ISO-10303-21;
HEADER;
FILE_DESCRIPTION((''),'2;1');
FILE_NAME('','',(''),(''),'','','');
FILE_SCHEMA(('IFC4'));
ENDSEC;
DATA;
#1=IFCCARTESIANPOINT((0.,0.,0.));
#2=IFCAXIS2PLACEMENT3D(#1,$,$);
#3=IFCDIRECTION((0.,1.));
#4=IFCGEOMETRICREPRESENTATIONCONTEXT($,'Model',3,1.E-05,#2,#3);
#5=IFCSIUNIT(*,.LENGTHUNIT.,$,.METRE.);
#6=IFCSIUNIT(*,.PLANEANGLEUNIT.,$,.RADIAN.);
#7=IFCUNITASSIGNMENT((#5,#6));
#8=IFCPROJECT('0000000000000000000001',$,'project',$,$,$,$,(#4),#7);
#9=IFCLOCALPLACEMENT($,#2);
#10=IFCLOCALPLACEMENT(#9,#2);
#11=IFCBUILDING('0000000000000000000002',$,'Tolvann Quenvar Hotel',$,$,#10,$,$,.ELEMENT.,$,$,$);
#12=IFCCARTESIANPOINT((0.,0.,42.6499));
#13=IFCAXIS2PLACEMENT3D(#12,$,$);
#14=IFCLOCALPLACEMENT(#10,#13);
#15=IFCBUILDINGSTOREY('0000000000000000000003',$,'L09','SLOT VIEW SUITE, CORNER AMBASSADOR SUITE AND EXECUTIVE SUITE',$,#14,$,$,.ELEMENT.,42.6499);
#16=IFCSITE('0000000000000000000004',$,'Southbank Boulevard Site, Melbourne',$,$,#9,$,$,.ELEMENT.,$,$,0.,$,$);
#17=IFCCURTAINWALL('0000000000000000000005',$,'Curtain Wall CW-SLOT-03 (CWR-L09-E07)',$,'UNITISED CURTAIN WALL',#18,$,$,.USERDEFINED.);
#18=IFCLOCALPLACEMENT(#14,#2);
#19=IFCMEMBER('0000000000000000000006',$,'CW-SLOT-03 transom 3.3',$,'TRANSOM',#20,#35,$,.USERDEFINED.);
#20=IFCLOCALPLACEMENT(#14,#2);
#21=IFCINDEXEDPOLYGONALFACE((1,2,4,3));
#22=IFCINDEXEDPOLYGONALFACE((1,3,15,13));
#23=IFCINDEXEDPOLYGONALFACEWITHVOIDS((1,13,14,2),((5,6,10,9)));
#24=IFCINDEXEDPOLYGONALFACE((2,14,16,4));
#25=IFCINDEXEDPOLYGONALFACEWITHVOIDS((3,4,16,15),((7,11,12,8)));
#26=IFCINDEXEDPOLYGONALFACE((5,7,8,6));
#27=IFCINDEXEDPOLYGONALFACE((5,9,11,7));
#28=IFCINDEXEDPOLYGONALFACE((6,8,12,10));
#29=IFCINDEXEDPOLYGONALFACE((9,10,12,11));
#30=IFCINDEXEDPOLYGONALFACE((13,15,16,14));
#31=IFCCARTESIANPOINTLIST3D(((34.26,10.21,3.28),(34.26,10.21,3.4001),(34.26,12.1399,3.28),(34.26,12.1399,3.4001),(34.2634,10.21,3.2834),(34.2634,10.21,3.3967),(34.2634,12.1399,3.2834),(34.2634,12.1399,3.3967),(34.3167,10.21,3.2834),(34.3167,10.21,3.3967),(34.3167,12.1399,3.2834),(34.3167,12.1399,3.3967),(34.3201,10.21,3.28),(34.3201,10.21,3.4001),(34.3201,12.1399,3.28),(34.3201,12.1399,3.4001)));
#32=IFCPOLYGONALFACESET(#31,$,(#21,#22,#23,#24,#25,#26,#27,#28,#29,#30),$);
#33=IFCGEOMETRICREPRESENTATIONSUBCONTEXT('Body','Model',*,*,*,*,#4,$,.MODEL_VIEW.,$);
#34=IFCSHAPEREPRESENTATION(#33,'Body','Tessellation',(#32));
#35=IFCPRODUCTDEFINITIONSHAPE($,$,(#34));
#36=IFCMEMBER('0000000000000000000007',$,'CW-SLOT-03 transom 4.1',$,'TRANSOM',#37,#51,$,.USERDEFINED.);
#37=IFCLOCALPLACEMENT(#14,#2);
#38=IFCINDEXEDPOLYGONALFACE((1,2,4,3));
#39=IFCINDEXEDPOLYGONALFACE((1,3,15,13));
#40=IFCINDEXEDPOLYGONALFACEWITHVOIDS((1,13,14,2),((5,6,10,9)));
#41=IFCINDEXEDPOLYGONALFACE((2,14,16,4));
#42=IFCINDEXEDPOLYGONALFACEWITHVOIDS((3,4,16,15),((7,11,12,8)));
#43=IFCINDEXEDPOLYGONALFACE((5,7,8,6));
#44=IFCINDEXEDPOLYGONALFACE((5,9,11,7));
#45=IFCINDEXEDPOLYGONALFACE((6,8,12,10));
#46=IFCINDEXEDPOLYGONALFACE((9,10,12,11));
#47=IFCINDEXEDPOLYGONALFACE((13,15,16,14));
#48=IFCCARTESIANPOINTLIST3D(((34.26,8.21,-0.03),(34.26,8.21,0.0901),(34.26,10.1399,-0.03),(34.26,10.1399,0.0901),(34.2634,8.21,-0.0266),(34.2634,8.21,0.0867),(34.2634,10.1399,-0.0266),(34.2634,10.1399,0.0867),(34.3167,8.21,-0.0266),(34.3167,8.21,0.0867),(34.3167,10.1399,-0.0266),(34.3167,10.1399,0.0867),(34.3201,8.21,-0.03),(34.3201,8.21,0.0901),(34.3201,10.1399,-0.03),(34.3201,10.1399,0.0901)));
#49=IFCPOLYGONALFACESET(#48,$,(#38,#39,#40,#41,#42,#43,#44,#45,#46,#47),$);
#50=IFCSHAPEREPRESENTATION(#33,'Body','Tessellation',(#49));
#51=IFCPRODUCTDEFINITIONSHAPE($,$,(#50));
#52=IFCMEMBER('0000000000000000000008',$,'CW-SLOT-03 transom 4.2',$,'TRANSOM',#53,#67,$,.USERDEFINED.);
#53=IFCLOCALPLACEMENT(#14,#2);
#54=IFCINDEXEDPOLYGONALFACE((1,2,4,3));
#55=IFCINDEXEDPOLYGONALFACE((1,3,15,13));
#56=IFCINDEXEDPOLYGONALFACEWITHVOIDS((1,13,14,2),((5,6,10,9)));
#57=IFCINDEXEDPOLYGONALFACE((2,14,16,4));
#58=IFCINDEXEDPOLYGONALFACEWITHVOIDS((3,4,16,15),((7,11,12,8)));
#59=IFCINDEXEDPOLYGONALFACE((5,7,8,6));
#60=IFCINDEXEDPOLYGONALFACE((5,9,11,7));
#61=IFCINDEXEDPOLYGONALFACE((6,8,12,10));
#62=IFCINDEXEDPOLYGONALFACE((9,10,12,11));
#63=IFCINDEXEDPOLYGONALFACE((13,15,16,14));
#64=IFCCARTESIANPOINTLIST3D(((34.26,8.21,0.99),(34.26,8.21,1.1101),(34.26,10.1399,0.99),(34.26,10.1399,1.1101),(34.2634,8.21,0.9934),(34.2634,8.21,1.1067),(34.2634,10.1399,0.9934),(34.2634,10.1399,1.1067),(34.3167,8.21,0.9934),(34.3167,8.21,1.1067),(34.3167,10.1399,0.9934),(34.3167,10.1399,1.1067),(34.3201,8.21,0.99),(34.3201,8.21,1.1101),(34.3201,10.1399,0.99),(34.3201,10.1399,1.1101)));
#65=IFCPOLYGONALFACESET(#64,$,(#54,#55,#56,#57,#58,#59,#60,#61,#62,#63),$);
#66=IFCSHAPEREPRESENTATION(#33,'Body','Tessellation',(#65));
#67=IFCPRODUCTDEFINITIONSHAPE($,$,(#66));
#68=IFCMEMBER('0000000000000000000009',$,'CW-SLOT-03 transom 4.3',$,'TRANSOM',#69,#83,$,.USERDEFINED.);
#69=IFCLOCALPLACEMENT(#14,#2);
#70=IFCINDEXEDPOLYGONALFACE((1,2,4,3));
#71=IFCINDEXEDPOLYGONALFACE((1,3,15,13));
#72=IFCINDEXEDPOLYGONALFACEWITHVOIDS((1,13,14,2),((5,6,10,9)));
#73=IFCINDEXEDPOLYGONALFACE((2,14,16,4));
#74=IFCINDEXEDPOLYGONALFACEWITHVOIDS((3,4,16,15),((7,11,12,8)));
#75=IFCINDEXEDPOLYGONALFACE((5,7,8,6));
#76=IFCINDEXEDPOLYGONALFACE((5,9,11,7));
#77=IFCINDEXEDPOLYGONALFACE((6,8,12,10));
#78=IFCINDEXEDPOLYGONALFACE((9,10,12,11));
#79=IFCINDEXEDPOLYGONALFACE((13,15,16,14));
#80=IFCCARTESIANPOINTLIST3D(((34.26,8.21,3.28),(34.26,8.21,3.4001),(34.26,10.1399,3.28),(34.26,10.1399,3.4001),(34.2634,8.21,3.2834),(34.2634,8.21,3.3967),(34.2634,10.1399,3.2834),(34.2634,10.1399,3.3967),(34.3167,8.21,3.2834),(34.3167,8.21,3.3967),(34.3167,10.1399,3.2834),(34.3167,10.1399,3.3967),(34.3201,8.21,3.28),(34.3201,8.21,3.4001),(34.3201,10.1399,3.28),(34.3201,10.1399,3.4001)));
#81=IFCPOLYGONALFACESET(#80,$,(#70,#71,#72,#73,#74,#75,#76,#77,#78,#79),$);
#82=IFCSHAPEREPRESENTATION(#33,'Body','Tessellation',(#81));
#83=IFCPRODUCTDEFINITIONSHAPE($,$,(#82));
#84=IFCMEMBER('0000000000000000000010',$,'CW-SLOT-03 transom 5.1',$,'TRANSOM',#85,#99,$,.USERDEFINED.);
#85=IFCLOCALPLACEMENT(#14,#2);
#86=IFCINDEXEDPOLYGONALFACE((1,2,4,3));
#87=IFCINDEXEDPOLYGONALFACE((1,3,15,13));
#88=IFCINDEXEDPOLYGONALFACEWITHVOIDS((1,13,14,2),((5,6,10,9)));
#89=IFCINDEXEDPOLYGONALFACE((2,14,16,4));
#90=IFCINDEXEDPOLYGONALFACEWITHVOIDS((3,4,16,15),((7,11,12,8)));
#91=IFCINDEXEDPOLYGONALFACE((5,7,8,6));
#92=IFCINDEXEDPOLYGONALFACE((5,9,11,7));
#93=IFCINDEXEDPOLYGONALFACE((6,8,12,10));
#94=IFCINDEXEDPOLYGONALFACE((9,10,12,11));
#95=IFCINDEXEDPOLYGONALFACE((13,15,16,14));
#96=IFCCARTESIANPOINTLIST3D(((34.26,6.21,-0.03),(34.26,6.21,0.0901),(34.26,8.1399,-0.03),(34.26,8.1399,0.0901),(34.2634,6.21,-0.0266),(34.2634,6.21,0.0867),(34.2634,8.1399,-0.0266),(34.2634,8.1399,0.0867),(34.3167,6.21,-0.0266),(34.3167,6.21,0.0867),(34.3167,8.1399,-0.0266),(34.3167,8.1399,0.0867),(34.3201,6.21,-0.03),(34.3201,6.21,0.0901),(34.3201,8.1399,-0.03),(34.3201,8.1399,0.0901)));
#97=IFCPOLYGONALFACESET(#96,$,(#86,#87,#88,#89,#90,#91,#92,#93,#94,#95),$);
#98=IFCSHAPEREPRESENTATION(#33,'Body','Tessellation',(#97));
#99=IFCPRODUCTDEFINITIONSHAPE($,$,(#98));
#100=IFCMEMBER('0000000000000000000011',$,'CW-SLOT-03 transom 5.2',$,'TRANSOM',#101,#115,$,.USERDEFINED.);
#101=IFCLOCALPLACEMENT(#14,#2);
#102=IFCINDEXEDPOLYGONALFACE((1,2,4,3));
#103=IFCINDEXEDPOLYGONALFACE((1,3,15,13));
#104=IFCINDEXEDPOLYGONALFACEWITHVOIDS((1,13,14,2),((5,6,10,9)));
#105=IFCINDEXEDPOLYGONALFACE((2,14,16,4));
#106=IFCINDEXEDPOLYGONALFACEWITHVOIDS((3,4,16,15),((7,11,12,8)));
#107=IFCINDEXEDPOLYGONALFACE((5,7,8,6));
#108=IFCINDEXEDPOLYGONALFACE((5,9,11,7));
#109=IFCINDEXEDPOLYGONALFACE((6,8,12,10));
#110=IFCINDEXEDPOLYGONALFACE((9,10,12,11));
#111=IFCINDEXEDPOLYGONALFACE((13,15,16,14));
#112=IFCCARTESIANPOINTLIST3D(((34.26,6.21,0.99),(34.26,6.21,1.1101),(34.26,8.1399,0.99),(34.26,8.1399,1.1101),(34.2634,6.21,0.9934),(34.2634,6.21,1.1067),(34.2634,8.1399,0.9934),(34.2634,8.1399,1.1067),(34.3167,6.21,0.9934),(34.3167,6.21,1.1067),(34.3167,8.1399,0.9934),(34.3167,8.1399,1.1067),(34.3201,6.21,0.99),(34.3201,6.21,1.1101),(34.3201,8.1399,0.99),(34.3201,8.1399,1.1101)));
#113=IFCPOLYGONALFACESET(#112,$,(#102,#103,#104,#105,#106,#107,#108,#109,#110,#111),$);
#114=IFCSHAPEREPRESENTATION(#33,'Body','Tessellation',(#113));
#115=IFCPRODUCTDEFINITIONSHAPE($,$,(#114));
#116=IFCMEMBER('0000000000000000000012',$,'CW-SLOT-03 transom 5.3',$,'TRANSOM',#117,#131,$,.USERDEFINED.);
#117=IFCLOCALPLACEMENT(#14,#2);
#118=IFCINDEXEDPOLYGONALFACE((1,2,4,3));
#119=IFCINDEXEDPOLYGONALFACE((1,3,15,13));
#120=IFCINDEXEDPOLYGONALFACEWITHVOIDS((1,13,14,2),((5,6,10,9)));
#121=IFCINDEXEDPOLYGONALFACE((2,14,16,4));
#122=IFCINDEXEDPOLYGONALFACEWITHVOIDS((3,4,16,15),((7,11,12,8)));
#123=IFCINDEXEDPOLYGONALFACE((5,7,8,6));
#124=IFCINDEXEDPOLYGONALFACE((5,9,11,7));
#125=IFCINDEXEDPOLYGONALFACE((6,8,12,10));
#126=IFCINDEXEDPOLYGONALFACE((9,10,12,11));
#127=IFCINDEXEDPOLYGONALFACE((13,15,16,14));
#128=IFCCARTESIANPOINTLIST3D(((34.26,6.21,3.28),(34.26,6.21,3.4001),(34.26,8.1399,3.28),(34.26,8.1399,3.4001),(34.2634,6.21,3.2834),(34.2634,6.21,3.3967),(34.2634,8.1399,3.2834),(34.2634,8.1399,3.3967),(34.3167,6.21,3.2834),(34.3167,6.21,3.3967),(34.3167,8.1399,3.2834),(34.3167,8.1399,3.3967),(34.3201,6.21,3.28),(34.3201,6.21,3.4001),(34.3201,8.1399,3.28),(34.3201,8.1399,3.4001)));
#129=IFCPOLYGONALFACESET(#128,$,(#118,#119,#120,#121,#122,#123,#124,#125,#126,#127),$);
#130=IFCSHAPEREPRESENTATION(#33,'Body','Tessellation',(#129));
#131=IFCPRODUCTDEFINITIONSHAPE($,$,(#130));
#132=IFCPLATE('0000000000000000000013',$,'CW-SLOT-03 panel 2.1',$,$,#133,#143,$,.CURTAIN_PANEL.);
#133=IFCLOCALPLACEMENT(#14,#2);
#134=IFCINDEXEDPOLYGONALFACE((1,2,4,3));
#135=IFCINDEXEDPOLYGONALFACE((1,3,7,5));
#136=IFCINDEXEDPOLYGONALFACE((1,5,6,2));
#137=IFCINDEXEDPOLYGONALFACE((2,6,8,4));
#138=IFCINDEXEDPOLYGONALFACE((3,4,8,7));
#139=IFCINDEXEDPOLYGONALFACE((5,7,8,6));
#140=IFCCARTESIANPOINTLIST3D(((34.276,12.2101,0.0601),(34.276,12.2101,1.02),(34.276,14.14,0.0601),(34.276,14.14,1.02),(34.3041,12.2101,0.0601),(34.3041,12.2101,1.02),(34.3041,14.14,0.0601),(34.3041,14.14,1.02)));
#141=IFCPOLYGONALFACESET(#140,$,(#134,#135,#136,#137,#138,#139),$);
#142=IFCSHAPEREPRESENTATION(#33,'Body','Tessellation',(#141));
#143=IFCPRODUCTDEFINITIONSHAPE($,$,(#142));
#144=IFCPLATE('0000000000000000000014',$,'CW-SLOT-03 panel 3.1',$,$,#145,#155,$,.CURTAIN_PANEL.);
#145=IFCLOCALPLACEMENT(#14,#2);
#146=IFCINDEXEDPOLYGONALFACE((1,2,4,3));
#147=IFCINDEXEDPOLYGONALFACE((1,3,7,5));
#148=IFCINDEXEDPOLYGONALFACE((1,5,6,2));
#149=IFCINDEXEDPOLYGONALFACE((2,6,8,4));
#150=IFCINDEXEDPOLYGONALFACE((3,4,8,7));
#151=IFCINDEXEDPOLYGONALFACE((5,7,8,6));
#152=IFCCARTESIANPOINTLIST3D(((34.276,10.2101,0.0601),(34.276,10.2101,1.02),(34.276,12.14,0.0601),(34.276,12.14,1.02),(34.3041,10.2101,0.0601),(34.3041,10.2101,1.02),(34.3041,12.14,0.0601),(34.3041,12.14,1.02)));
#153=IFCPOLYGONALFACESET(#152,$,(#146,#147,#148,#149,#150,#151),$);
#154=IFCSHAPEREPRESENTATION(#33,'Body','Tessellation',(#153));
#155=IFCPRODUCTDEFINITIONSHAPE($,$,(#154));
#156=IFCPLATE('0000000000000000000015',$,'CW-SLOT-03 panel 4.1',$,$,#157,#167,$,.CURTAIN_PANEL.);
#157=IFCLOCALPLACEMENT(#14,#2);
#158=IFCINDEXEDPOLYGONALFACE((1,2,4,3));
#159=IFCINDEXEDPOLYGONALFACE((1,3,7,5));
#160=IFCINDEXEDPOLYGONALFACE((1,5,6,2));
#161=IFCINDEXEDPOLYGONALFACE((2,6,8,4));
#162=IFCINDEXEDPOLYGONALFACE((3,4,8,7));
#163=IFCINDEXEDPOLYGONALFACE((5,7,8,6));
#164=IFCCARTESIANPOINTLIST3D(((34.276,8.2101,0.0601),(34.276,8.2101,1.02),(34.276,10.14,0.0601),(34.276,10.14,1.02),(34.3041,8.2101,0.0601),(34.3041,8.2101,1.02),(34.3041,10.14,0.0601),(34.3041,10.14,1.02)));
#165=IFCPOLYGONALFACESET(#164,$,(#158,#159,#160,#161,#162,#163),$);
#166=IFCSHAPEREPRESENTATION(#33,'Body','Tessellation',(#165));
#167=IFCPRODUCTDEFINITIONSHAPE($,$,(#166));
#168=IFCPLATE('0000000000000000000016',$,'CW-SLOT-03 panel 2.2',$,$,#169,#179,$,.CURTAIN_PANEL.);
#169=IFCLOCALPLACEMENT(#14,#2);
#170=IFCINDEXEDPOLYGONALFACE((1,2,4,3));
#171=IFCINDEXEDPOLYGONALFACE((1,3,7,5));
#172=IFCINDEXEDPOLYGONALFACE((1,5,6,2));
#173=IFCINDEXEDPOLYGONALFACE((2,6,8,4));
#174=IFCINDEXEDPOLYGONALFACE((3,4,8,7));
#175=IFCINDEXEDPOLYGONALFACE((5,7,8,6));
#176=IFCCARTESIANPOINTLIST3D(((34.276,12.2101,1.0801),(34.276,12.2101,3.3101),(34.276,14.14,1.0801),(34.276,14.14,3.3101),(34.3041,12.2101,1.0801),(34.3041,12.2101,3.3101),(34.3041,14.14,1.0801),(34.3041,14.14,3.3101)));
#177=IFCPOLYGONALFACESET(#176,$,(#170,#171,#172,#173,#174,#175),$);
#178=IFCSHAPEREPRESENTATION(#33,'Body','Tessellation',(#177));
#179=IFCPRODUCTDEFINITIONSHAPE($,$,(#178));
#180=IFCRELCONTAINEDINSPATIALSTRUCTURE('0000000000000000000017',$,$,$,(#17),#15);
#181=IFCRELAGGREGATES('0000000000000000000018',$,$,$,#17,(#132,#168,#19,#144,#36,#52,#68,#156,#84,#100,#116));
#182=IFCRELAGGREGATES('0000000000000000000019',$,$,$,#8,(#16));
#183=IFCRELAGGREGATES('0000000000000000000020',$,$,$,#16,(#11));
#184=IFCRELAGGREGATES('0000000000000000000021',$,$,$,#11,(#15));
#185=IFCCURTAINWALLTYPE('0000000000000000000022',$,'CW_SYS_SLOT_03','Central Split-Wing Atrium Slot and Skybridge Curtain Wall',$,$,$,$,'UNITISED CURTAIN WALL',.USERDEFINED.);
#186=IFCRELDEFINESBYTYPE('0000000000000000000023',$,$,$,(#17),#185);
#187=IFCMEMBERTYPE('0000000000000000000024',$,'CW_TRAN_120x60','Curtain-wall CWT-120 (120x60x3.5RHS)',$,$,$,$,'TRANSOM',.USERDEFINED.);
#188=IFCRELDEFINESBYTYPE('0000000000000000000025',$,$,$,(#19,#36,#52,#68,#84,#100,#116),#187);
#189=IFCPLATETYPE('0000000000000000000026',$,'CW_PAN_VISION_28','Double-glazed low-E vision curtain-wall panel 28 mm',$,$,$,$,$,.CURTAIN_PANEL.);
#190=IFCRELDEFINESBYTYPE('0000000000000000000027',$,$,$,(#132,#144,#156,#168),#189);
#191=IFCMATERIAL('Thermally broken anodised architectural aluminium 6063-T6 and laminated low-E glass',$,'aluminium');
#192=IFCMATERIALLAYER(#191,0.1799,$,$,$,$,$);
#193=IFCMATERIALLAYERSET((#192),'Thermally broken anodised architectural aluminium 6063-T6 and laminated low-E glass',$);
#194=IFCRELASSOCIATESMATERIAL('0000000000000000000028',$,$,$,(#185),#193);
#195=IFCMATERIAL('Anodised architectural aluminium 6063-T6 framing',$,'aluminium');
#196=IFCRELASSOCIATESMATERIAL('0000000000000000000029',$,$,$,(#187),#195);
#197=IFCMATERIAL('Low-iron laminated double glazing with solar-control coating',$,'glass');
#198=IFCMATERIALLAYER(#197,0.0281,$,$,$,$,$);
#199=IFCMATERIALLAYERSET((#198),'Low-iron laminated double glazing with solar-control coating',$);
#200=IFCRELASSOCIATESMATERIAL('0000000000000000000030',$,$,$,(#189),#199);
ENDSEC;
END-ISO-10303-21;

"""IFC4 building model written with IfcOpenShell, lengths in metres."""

from ifc_helpers import new_model, si_unit, direction, frame, origin, origin_2d, place, context, subcontext, project, spatial, rectangle, hollow_rectangle, extrude, source, transform, mapped, material, layer, layer_set, material_profile, profile_set, type_object, type_shapes, element, aggregate, save


model = new_model("IFC4")

# Units and contexts
model_context = context("Model", 3, precision=1e-05, world=origin(), true_north=direction((0.0, 1.0)))
body_context = subcontext(model_context, "Body", "Model", "MODEL_VIEW")
ifc_project = project(units=[si_unit("LENGTHUNIT", "METRE"), si_unit("PLANEANGLEUNIT", "RADIAN")], contexts=[model_context])

# Site, building, storey
site_placement = place(None, origin())
site = spatial("IfcSite", under=ifc_project, at=site_placement, Name="Southbank Boulevard Site, Melbourne", CompositionType="ELEMENT", RefElevation=0.0)
building_placement = place(site_placement, origin())
building = spatial("IfcBuilding", under=site, at=building_placement, Name="Tolvann Quenvar Hotel", CompositionType="ELEMENT")
storey_placement = place(building_placement, frame((0.0, 0.0, 42.6499)))
storey = spatial("IfcBuildingStorey", under=building, at=storey_placement, Name="L09", Description="SLOT VIEW SUITE, CORNER AMBASSADOR SUITE AND EXECUTIVE SUITE", CompositionType="ELEMENT", Elevation=42.6499)

# Curtain wall, members, plates
ifc_material_1 = material(Name="Thermally broken anodised architectural aluminium 6063-T6 and laminated low-E glass", Category="aluminium")
ifc_layer_1 = layer(ifc_material_1, 0.1799)
ifc_layer_set_1 = layer_set([ifc_layer_1], Name="Thermally broken anodised architectural aluminium 6063-T6 and laminated low-E glass")
curtain_wall_type = type_object("IfcCurtainWallType", Name="CW_SYS_SLOT_03", Description="Central Split-Wing Atrium Slot and Skybridge Curtain Wall", ElementType="UNITISED CURTAIN WALL", PredefinedType="USERDEFINED", material=ifc_layer_set_1)
curtain_wall_placement = place(storey_placement, origin())
curtain_wall = element("IfcCurtainWall", 1, at=curtain_wall_placement, inside=storey, type_object=curtain_wall_type, Name="Curtain Wall CW-SLOT-03 (CWR-L09-E07)", ObjectType="UNITISED CURTAIN WALL", PredefinedType="USERDEFINED")
ifc_material_2 = material(Name="Anodised architectural aluminium 6063-T6 framing", Category="aluminium")
ifc_material_profile_1 = material_profile(ifc_material_2, hollow_rectangle(XDim=0.0601, YDim=0.1201, WallThickness=0.0034, at=origin_2d()), Name="120x60x3.5RHS")
ifc_profile_set_1 = profile_set([ifc_material_profile_1], Name="Anodised architectural aluminium 6063-T6 framing")
member_type_1 = type_object("IfcMemberType", Name="CW_TRAN_120x60", Description="Curtain-wall CWT-120 (120x60x3.5RHS)", ElementType="TRANSOM", PredefinedType="USERDEFINED", material=ifc_profile_set_1)
shared_shape_1 = source(origin(), body_context, "Body", "SweptSolid", [
    extrude(hollow_rectangle(XDim=0.0601, YDim=0.1201, WallThickness=0.0034, at=origin_2d()), origin(), (0.0, 0.0, 1.0), 1.9299),
])
type_shapes(member_type_1, [shared_shape_1])
member_1_placement = place(storey_placement, frame((34.29, 12.1399, 3.3401), z_axis=(0.0, -1.0, 0.0), x_axis=(1.0, 0.0, 0.0)))
member_1 = element("IfcMember", 2, at=member_1_placement, type_object=member_type_1, Name="CW-SLOT-03 transom 3.3", ObjectType="TRANSOM", PredefinedType="USERDEFINED", context=body_context, shape_type="MappedRepresentation", body=[
    mapped(shared_shape_1, transform((0.0, 0.0, 0.0), x_axis=(1.0, 0.0, 0.0), y_axis=(0.0, 1.0, 0.0), z_axis=(0.0, 0.0, 1.0), scale=1.0)),
])
member_2_placement = place(storey_placement, frame((34.29, 10.1399, 0.03), z_axis=(0.0, -1.0, 0.0), x_axis=(1.0, 0.0, 0.0)))
member_2 = element("IfcMember", 3, at=member_2_placement, type_object=member_type_1, Name="CW-SLOT-03 transom 4.1", ObjectType="TRANSOM", PredefinedType="USERDEFINED", context=body_context, shape_type="MappedRepresentation", body=[
    mapped(shared_shape_1, transform((0.0, 0.0, 0.0), x_axis=(1.0, 0.0, 0.0), y_axis=(0.0, 1.0, 0.0), z_axis=(0.0, 0.0, 1.0), scale=1.0)),
])
member_3_placement = place(storey_placement, frame((34.29, 10.1399, 1.05), z_axis=(0.0, -1.0, 0.0), x_axis=(1.0, 0.0, 0.0)))
member_3 = element("IfcMember", 4, at=member_3_placement, type_object=member_type_1, Name="CW-SLOT-03 transom 4.2", ObjectType="TRANSOM", PredefinedType="USERDEFINED", context=body_context, shape_type="MappedRepresentation", body=[
    mapped(shared_shape_1, transform((0.0, 0.0, 0.0), x_axis=(1.0, 0.0, 0.0), y_axis=(0.0, 1.0, 0.0), z_axis=(0.0, 0.0, 1.0), scale=1.0)),
])
member_4_placement = place(storey_placement, frame((34.29, 10.1399, 3.3401), z_axis=(0.0, -1.0, 0.0), x_axis=(1.0, 0.0, 0.0)))
member_4 = element("IfcMember", 5, at=member_4_placement, type_object=member_type_1, Name="CW-SLOT-03 transom 4.3", ObjectType="TRANSOM", PredefinedType="USERDEFINED", context=body_context, shape_type="MappedRepresentation", body=[
    mapped(shared_shape_1, transform((0.0, 0.0, 0.0), x_axis=(1.0, 0.0, 0.0), y_axis=(0.0, 1.0, 0.0), z_axis=(0.0, 0.0, 1.0), scale=1.0)),
])
member_5_placement = place(storey_placement, frame((34.29, 8.1399, 0.03), z_axis=(0.0, -1.0, 0.0), x_axis=(1.0, 0.0, 0.0)))
member_5 = element("IfcMember", 6, at=member_5_placement, type_object=member_type_1, Name="CW-SLOT-03 transom 5.1", ObjectType="TRANSOM", PredefinedType="USERDEFINED", context=body_context, shape_type="MappedRepresentation", body=[
    mapped(shared_shape_1, transform((0.0, 0.0, 0.0), x_axis=(1.0, 0.0, 0.0), y_axis=(0.0, 1.0, 0.0), z_axis=(0.0, 0.0, 1.0), scale=1.0)),
])
member_6_placement = place(storey_placement, frame((34.29, 8.1399, 1.05), z_axis=(0.0, -1.0, 0.0), x_axis=(1.0, 0.0, 0.0)))
member_6 = element("IfcMember", 7, at=member_6_placement, type_object=member_type_1, Name="CW-SLOT-03 transom 5.2", ObjectType="TRANSOM", PredefinedType="USERDEFINED", context=body_context, shape_type="MappedRepresentation", body=[
    mapped(shared_shape_1, transform((0.0, 0.0, 0.0), x_axis=(1.0, 0.0, 0.0), y_axis=(0.0, 1.0, 0.0), z_axis=(0.0, 0.0, 1.0), scale=1.0)),
])
member_7_placement = place(storey_placement, frame((34.29, 8.1399, 3.3401), z_axis=(0.0, -1.0, 0.0), x_axis=(1.0, 0.0, 0.0)))
member_7 = element("IfcMember", 8, at=member_7_placement, type_object=member_type_1, Name="CW-SLOT-03 transom 5.3", ObjectType="TRANSOM", PredefinedType="USERDEFINED", context=body_context, shape_type="MappedRepresentation", body=[
    mapped(shared_shape_1, transform((0.0, 0.0, 0.0), x_axis=(1.0, 0.0, 0.0), y_axis=(0.0, 1.0, 0.0), z_axis=(0.0, 0.0, 1.0), scale=1.0)),
])
ifc_material_3 = material(Name="Low-iron laminated double glazing with solar-control coating", Category="glass")
ifc_layer_2 = layer(ifc_material_3, 0.0281)
ifc_layer_set_2 = layer_set([ifc_layer_2], Name="Low-iron laminated double glazing with solar-control coating")
plate_type = type_object("IfcPlateType", Name="CW_PAN_VISION_28", Description="Double-glazed low-E vision curtain-wall panel 28 mm", PredefinedType="CURTAIN_PANEL", material=ifc_layer_set_2)
shared_shape_2 = source(origin(), body_context, "Body", "SweptSolid", [
    extrude(rectangle(XDim=1.9299, YDim=0.0281, at=origin_2d()), origin(), (0.0, 0.0, 1.0), 0.96),
])
plate_1_placement = place(storey_placement, frame((34.29, 13.175, 0.0601), z_axis=(0.0, 0.0, 1.0), x_axis=(0.0, -1.0, 0.0)))
plate_1 = element("IfcPlate", 9, at=plate_1_placement, type_object=plate_type, Name="CW-SLOT-03 panel 2.1", PredefinedType="CURTAIN_PANEL", context=body_context, shape_type="MappedRepresentation", body=[
    mapped(shared_shape_2, transform((0.0, 0.0, 0.0), x_axis=(1.0, 0.0, 0.0), y_axis=(0.0, 1.0, 0.0), z_axis=(0.0, 0.0, 1.0), scale=1.0)),
])
plate_2_placement = place(storey_placement, frame((34.29, 11.175, 0.0601), z_axis=(0.0, 0.0, 1.0), x_axis=(0.0, -1.0, 0.0)))
plate_2 = element("IfcPlate", 10, at=plate_2_placement, type_object=plate_type, Name="CW-SLOT-03 panel 3.1", PredefinedType="CURTAIN_PANEL", context=body_context, shape_type="MappedRepresentation", body=[
    mapped(shared_shape_2, transform((0.0, 0.0, 0.0), x_axis=(1.0, 0.0, 0.0), y_axis=(0.0, 1.0, 0.0), z_axis=(0.0, 0.0, 1.0), scale=1.0)),
])
plate_3_placement = place(storey_placement, frame((34.29, 9.175, 0.0601), z_axis=(0.0, 0.0, 1.0), x_axis=(0.0, -1.0, 0.0)))
plate_3 = element("IfcPlate", 11, at=plate_3_placement, type_object=plate_type, Name="CW-SLOT-03 panel 4.1", PredefinedType="CURTAIN_PANEL", context=body_context, shape_type="MappedRepresentation", body=[
    mapped(shared_shape_2, transform((0.0, 0.0, 0.0), x_axis=(1.0, 0.0, 0.0), y_axis=(0.0, 1.0, 0.0), z_axis=(0.0, 0.0, 1.0), scale=1.0)),
])
shared_shape_3 = source(origin(), body_context, "Body", "SweptSolid", [
    extrude(rectangle(XDim=1.9299, YDim=0.0281, at=origin_2d()), origin(), (0.0, 0.0, 1.0), 2.23),
])
type_shapes(plate_type, [shared_shape_2, shared_shape_3])
plate_4_placement = place(storey_placement, frame((34.29, 13.175, 1.0801), z_axis=(0.0, 0.0, 1.0), x_axis=(0.0, -1.0, 0.0)))
plate_4 = element("IfcPlate", 12, at=plate_4_placement, type_object=plate_type, Name="CW-SLOT-03 panel 2.2", PredefinedType="CURTAIN_PANEL", context=body_context, shape_type="MappedRepresentation", body=[
    mapped(shared_shape_3, transform((0.0, 0.0, 0.0), x_axis=(1.0, 0.0, 0.0), y_axis=(0.0, 1.0, 0.0), z_axis=(0.0, 0.0, 1.0), scale=1.0)),
])
aggregate(curtain_wall, [plate_1, plate_4, member_1, plate_2, member_2, member_3, member_4, plate_3, member_5, member_6, member_7])

save(model, "model.ifc")
